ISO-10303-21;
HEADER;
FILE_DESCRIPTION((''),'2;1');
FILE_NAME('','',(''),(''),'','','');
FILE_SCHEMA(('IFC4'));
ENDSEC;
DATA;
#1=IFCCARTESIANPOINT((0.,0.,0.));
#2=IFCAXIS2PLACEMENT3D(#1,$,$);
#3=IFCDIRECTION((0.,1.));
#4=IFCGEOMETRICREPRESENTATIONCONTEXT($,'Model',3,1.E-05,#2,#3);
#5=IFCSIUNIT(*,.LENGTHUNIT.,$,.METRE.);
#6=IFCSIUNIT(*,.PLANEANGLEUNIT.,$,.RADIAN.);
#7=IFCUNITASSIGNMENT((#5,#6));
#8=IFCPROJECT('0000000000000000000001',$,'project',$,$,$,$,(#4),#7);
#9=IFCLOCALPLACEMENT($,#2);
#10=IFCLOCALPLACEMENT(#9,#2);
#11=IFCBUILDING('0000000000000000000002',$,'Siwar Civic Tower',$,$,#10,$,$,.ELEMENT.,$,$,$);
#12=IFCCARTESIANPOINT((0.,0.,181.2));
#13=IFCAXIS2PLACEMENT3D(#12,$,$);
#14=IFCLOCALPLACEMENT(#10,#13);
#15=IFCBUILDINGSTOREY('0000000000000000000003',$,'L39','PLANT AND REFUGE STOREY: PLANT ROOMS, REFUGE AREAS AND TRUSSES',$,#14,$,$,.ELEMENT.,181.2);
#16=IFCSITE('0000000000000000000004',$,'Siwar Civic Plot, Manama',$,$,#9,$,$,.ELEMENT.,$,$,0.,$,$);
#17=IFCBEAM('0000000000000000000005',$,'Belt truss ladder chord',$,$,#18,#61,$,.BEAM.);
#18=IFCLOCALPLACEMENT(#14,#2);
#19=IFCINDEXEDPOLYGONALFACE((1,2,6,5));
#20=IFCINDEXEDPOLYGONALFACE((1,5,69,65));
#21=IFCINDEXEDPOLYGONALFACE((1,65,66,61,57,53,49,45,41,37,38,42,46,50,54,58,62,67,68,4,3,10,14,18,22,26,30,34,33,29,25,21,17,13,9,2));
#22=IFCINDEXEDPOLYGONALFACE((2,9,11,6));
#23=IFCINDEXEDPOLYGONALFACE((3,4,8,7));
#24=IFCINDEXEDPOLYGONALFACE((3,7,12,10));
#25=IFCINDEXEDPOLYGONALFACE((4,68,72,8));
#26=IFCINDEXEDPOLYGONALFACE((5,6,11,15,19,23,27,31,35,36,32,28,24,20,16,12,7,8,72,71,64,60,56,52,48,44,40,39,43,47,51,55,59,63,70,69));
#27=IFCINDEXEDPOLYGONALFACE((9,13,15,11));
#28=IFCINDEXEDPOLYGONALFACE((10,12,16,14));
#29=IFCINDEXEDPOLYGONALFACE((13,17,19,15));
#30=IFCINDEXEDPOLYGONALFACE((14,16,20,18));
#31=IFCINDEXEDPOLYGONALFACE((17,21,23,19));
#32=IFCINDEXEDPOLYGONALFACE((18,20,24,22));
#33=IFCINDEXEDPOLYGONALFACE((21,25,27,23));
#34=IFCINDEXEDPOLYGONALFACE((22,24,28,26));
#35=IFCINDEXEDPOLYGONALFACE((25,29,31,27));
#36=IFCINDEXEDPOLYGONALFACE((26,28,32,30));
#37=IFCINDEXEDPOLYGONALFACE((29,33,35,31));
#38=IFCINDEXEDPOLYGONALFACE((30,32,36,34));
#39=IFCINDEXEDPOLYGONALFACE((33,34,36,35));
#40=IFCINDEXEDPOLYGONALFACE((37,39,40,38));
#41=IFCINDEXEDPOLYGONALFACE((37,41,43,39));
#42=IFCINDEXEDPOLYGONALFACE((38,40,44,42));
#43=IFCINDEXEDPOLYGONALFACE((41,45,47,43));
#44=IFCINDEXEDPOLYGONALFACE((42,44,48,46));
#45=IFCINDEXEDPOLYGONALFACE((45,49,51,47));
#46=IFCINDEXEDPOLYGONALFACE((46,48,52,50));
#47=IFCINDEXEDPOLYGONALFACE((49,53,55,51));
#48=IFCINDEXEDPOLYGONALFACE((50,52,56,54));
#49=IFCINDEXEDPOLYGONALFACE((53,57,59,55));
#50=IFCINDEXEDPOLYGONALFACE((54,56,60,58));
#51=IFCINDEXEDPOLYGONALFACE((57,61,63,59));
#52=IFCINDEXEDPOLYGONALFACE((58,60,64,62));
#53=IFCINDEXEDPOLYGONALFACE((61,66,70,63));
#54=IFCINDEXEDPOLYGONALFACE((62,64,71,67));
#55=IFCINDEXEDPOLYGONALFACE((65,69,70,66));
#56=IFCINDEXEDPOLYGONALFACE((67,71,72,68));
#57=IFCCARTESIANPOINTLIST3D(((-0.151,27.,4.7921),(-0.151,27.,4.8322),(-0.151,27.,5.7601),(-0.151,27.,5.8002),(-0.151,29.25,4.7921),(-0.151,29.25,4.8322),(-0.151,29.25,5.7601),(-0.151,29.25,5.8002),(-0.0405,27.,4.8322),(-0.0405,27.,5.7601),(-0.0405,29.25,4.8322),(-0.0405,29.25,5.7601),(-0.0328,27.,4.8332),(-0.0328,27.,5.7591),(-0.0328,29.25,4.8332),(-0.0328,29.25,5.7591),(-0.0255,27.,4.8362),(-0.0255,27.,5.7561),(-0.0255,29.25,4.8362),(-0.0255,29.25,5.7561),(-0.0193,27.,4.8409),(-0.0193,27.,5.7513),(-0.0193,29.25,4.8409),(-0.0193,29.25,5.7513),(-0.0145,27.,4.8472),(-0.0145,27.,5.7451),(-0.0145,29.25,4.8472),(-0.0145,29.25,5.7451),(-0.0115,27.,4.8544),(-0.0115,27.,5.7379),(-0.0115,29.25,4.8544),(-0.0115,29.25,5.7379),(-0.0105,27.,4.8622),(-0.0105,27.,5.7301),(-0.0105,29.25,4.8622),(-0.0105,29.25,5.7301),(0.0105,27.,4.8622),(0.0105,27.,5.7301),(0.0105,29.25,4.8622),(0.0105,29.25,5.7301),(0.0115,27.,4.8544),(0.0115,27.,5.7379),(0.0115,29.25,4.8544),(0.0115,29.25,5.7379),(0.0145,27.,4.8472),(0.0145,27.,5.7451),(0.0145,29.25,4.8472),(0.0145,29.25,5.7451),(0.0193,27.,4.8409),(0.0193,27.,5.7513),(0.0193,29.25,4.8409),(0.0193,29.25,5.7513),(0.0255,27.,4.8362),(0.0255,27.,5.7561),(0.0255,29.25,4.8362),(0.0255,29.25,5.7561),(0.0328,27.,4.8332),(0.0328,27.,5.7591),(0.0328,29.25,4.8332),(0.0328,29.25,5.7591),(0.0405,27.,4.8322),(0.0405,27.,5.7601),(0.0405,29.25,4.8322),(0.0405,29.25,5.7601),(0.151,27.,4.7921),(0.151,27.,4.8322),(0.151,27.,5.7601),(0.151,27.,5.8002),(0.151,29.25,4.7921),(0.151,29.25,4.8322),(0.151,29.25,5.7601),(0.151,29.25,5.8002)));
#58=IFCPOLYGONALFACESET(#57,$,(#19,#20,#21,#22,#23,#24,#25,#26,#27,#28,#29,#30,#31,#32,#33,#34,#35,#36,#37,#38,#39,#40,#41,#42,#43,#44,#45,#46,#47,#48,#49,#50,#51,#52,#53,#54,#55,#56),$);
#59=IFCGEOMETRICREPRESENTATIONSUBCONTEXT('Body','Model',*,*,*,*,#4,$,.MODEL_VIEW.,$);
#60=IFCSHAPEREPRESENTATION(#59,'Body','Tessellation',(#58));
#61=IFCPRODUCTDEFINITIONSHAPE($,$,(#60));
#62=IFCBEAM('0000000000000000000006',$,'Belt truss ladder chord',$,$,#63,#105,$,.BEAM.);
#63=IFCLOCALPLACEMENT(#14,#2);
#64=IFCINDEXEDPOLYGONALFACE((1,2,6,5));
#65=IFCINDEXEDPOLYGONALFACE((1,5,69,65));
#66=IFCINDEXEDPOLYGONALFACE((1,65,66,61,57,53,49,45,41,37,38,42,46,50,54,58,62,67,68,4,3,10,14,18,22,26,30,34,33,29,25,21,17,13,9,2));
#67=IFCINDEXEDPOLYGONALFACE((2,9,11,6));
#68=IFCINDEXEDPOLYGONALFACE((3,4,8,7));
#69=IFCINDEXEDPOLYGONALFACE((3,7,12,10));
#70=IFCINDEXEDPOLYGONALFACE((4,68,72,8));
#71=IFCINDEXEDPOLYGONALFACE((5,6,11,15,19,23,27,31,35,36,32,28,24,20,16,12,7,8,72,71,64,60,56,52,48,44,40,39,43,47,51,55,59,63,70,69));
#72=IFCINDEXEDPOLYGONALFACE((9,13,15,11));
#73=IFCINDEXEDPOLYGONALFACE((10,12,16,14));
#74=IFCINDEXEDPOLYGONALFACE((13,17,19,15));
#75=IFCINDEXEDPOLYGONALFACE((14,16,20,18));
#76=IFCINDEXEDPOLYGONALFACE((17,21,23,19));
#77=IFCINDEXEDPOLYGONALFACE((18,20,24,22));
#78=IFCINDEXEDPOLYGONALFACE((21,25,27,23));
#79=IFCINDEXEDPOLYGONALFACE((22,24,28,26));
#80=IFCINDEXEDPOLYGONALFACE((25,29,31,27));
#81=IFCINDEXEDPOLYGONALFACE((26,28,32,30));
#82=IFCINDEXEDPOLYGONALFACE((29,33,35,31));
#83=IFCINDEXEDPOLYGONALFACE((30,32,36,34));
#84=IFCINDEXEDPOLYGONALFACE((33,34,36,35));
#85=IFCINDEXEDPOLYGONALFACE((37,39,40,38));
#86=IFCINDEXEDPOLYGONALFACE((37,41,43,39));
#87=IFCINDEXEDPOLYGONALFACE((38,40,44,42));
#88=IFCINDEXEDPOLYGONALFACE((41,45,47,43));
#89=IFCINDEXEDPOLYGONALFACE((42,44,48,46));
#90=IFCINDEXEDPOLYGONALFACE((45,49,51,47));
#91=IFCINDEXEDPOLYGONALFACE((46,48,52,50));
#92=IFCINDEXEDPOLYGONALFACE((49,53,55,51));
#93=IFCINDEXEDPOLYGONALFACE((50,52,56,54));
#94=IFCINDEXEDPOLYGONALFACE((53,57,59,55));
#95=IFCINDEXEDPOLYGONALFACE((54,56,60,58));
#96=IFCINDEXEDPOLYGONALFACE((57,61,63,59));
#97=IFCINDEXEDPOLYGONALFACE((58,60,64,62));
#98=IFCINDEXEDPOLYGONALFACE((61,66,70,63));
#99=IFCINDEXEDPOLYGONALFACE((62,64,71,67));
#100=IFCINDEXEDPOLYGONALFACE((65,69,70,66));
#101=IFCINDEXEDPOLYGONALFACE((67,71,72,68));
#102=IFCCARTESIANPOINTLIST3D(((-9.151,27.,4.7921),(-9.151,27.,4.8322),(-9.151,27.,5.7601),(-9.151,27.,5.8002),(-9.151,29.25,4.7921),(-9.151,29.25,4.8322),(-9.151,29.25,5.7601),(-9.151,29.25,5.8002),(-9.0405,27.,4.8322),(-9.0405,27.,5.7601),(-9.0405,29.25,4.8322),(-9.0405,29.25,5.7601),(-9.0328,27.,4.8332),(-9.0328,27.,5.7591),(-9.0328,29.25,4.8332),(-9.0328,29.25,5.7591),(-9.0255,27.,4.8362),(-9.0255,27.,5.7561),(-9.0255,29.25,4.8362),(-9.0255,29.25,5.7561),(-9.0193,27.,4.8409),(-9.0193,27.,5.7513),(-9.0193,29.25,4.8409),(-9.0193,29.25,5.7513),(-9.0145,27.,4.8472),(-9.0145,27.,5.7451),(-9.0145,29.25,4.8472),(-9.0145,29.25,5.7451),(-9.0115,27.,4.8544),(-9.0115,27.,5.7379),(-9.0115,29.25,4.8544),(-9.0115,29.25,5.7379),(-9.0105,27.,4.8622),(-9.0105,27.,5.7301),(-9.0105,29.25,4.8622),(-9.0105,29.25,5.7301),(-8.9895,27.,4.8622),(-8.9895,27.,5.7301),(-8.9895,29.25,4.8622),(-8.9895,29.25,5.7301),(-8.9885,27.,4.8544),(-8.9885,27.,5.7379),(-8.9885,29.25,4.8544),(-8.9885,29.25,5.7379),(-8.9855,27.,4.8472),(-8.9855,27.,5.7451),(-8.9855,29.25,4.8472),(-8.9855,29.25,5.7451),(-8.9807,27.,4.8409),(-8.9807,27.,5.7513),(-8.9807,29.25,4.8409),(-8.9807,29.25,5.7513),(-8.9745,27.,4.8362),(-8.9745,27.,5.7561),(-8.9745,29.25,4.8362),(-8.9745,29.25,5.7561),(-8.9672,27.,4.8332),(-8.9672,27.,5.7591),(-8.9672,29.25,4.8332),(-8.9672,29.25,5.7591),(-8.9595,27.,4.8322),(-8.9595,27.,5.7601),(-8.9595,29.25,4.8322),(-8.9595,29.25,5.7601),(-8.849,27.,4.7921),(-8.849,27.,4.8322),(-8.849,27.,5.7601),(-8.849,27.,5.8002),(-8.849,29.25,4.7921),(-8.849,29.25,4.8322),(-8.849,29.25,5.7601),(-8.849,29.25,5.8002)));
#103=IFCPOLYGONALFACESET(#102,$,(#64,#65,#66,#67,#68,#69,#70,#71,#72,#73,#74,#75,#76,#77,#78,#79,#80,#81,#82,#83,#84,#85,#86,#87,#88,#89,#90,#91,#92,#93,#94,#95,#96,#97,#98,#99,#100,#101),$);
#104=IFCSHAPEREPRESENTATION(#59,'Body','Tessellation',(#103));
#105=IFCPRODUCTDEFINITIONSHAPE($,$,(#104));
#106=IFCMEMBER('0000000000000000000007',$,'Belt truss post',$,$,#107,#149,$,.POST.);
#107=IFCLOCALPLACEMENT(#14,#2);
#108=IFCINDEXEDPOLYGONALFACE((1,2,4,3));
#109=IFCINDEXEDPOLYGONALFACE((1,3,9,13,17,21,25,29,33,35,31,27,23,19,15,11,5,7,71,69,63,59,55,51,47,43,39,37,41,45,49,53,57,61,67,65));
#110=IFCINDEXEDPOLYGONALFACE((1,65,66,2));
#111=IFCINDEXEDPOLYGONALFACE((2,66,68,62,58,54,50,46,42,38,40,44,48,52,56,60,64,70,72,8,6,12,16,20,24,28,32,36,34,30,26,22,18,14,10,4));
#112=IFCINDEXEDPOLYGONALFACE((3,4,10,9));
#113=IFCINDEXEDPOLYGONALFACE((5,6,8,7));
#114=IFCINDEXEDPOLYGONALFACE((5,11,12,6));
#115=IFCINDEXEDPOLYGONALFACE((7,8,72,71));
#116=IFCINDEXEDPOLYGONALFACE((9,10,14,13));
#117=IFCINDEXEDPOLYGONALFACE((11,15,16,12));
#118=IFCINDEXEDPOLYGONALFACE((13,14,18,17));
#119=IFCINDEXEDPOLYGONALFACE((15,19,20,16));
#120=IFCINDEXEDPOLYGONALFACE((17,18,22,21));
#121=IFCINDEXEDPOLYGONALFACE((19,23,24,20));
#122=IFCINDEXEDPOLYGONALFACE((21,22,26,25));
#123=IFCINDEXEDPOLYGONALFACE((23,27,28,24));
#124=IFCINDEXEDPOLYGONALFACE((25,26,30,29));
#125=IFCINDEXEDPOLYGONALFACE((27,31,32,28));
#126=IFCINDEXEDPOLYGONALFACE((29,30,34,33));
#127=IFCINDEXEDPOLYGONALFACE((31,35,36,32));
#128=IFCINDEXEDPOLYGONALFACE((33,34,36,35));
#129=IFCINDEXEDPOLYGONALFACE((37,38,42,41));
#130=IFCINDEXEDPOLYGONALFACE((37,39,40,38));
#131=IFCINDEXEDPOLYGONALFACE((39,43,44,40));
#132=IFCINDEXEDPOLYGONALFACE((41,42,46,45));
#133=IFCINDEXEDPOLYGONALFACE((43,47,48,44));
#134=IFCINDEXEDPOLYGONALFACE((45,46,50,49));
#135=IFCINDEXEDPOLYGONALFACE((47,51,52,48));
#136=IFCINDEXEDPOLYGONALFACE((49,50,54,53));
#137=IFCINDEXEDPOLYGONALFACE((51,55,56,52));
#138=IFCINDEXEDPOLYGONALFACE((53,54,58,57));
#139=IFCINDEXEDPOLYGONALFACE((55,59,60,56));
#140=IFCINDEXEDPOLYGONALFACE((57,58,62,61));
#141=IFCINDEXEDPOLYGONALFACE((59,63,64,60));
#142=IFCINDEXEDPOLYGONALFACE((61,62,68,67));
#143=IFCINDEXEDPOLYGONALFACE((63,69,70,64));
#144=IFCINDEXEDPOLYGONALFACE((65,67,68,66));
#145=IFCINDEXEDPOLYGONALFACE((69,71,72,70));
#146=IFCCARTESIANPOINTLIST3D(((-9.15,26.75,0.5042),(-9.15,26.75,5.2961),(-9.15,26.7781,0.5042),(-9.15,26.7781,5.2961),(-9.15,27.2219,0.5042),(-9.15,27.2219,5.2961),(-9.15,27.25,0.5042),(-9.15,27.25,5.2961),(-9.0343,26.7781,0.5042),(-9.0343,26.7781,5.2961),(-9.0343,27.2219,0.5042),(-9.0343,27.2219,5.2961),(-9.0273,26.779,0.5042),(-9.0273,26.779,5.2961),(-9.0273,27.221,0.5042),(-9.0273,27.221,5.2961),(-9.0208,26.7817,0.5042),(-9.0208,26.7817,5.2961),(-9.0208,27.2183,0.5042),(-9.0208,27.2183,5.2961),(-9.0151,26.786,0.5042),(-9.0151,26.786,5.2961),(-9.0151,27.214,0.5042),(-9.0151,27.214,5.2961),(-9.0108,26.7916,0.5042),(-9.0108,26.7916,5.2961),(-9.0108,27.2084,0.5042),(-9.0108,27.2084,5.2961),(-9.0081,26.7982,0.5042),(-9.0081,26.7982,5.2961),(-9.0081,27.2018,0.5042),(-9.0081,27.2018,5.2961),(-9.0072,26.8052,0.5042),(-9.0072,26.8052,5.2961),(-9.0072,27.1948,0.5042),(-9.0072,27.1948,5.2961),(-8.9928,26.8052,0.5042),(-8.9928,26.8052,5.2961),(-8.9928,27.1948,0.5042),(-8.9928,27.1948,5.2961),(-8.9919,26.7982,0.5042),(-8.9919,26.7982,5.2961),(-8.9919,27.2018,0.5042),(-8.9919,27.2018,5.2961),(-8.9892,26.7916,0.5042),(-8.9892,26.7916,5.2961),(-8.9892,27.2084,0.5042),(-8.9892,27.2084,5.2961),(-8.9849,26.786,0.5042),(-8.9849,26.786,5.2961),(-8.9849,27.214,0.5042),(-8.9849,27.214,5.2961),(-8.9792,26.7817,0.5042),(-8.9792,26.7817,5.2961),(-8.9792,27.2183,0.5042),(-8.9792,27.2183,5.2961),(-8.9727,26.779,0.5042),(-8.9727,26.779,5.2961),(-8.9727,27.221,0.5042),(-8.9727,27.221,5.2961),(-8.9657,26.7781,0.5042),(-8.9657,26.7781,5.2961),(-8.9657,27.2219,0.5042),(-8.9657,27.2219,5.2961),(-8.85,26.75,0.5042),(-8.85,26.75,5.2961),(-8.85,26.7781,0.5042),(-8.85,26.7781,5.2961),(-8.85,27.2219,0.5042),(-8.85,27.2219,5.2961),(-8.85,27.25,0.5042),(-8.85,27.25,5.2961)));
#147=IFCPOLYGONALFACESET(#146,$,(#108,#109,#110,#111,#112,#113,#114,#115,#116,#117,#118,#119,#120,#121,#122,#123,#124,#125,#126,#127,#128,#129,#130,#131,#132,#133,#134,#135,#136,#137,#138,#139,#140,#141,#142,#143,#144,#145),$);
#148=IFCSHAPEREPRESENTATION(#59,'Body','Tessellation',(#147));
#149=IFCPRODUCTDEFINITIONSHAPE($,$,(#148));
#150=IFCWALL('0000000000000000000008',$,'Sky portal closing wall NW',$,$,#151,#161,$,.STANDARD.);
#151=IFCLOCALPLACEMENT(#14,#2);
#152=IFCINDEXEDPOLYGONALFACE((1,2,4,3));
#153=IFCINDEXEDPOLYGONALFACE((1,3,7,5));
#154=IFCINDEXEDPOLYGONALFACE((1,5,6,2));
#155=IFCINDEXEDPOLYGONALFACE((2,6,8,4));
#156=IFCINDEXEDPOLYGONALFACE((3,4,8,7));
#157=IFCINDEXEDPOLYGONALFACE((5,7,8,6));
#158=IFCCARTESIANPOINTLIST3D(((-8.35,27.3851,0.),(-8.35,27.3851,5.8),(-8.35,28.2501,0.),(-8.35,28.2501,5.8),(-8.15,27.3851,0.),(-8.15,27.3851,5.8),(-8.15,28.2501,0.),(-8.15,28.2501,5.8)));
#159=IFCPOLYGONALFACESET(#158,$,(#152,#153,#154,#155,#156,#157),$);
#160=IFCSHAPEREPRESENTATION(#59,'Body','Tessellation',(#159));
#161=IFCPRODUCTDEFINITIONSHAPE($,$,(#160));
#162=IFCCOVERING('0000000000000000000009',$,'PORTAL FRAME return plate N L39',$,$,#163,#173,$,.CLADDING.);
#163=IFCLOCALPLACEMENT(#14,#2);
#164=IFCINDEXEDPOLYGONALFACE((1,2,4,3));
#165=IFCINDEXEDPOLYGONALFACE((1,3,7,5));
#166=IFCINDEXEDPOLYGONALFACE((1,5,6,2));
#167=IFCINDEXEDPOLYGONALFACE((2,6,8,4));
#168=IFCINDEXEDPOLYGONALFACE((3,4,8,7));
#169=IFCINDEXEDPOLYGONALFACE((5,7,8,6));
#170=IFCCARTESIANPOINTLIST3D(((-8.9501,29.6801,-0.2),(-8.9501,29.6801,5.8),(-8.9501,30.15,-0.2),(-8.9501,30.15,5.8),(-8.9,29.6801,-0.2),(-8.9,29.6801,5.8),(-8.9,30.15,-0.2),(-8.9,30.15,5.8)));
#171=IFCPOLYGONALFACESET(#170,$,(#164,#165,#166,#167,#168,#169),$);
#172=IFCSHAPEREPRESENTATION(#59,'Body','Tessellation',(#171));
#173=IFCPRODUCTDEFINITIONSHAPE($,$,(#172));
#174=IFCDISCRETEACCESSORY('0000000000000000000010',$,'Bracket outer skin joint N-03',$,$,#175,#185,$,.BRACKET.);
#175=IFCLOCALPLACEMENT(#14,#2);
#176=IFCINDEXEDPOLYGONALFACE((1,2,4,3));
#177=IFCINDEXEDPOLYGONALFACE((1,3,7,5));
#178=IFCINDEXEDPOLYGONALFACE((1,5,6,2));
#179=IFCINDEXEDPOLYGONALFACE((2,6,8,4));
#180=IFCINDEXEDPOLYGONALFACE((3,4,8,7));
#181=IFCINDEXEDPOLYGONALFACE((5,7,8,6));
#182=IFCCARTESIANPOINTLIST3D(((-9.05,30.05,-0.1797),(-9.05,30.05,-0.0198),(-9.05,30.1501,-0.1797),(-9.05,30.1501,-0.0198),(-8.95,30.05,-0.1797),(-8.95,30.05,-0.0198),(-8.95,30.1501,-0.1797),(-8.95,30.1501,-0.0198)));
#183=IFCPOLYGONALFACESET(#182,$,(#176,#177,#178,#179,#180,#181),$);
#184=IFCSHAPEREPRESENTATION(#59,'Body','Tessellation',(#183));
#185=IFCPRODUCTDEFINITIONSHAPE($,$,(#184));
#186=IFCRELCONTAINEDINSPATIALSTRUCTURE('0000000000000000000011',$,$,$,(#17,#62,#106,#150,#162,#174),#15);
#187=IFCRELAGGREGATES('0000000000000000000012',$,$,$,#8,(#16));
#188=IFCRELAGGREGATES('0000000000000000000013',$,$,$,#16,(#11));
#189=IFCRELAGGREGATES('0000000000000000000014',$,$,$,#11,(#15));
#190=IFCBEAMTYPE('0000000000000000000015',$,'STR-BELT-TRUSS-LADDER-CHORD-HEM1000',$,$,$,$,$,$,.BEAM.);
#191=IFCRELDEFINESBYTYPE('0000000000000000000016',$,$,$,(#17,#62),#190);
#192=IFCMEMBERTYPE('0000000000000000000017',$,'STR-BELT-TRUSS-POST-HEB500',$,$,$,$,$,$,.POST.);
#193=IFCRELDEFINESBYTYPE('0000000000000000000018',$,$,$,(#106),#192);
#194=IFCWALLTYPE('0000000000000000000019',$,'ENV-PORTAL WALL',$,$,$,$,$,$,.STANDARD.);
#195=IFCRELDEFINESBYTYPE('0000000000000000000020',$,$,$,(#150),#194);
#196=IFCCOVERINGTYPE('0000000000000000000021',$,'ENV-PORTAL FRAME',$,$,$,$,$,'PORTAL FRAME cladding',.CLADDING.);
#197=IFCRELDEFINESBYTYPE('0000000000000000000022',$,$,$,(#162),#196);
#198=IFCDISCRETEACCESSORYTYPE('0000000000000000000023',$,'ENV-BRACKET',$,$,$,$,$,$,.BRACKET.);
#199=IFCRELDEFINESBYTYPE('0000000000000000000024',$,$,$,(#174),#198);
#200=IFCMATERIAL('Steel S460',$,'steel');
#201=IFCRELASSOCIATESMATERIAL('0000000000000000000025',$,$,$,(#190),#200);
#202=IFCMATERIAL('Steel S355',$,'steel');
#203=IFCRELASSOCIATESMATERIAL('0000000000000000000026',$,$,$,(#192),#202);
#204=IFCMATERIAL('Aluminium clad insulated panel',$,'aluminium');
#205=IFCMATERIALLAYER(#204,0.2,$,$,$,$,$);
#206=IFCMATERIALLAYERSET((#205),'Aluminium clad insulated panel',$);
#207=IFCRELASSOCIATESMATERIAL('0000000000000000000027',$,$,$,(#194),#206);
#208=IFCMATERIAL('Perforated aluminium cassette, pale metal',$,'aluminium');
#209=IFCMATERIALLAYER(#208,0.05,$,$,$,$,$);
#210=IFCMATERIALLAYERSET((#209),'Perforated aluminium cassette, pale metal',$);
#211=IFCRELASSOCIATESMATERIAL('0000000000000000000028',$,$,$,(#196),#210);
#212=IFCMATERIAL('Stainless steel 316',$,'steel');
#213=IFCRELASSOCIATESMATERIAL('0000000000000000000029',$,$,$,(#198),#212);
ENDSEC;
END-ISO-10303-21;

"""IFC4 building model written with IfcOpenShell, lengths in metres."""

from ifc_helpers import new_model, si_unit, direction, frame, frame_2d, origin, origin_2d, place, context, subcontext, project, spatial, rectangle, i_section, extrude, material, layer, layer_set, material_profile, profile_set, type_object, element, save


model = new_model("IFC4")

# Units and contexts
model_context = context("Model", 3, precision=1e-05, world=origin(), true_north=direction((0.0, 1.0)))
body_context = subcontext(model_context, "Body", "Model", "MODEL_VIEW")
ifc_project = project(units=[si_unit("LENGTHUNIT", "METRE"), si_unit("PLANEANGLEUNIT", "RADIAN")], contexts=[model_context])

# Site, building, storey
site_placement = place(None, origin())
site = spatial("IfcSite", under=ifc_project, at=site_placement, Name="Siwar Civic Plot, Manama", CompositionType="ELEMENT", RefElevation=0.0)
building_placement = place(site_placement, origin())
building = spatial("IfcBuilding", under=site, at=building_placement, Name="Siwar Civic Tower", CompositionType="ELEMENT")
storey_placement = place(building_placement, frame((0.0, 0.0, 181.2)))
storey = spatial("IfcBuildingStorey", under=building, at=storey_placement, Name="L39", Description="PLANT AND REFUGE STOREY: PLANT ROOMS, REFUGE AREAS AND TRUSSES", CompositionType="ELEMENT", Elevation=181.2)

# Beams
ifc_material_1 = material(Name="Steel S460", Category="steel")
ifc_material_profile_1 = material_profile(ifc_material_1, i_section(OverallWidth=0.302, OverallDepth=1.0081, WebThickness=0.021, FlangeThickness=0.04, FilletRadius=0.03, at=origin_2d()), Name="HEM1000")
ifc_profile_set_1 = profile_set([ifc_material_profile_1], Name="Steel S460")
beam_type_1 = type_object("IfcBeamType", Name="STR-BELT-TRUSS-LADDER-CHORD-HEM1000", PredefinedType="BEAM", material=ifc_profile_set_1)
for number, where, z_axis, x_axis, name in (
    (1, (0.0, 27.0, 5.2961), (0.0, 1.0, 0.0), (-1.0, 0.0, 0.0), "Belt truss ladder chord"),
    (2, (-9.0, 27.0, 5.2961), (0.0, 1.0, 0.0), (-1.0, 0.0, 0.0), "Belt truss ladder chord"),
):
    element("IfcBeam", number, at=place(storey_placement, frame(where, z_axis=z_axis, x_axis=x_axis)), inside=storey, type_object=beam_type_1, Name=name, PredefinedType="BEAM", context=body_context, shape_type="SweptSolid", body=[
        extrude(i_section(OverallWidth=0.302, OverallDepth=1.0081, WebThickness=0.021, FlangeThickness=0.04, FilletRadius=0.03, at=origin_2d()), origin(), (0.0, 0.0, 1.0), 2.25),
    ])

# Member
ifc_material_2 = material(Name="Steel S355", Category="steel")
ifc_material_profile_2 = material_profile(ifc_material_2, i_section(OverallWidth=0.3, OverallDepth=0.5, WebThickness=0.0144, FlangeThickness=0.0281, FilletRadius=0.0271, at=origin_2d()), Name="HEB500")
ifc_profile_set_2 = profile_set([ifc_material_profile_2], Name="Steel S355")
member_type_1 = type_object("IfcMemberType", Name="STR-BELT-TRUSS-POST-HEB500", PredefinedType="POST", material=ifc_profile_set_2)
member_1_placement = place(storey_placement, frame((-9.0, 27.0, 0.5042), z_axis=(0.0, 0.0, 1.0), x_axis=(1.0, 0.0, 0.0)))
element("IfcMember", 3, at=member_1_placement, inside=storey, type_object=member_type_1, Name="Belt truss post", PredefinedType="POST", context=body_context, shape_type="SweptSolid", body=[
    extrude(i_section(OverallWidth=0.3, OverallDepth=0.5, WebThickness=0.0144, FlangeThickness=0.0281, FilletRadius=0.0271, at=origin_2d()), origin(), (0.0, 0.0, 1.0), 4.792),
])

# Wall
ifc_material_3 = material(Name="Aluminium clad insulated panel", Category="aluminium")
ifc_layer_1 = layer(ifc_material_3, 0.2)
ifc_layer_set_1 = layer_set([ifc_layer_1], Name="Aluminium clad insulated panel")
wall_type = type_object("IfcWallType", Name="ENV-PORTAL WALL", PredefinedType="STANDARD", material=ifc_layer_set_1)
wall_placement = place(storey_placement, frame((-8.25, 27.385, 0.0), z_axis=(0.0, 0.0, 1.0), x_axis=(0.0, 1.0, 0.0)))
element("IfcWall", 4, at=wall_placement, inside=storey, type_object=wall_type, Name="Sky portal closing wall NW", PredefinedType="STANDARD", context=body_context, shape_type="SweptSolid", body=[
    extrude(rectangle(XDim=0.865, YDim=0.2, at=frame_2d((0.4326, 0.0))), origin(), (0.0, 0.0, 1.0), 5.8),
])

# Covering
ifc_material_4 = material(Name="Perforated aluminium cassette, pale metal", Category="aluminium")
ifc_layer_2 = layer(ifc_material_4, 0.05)
ifc_layer_set_2 = layer_set([ifc_layer_2], Name="Perforated aluminium cassette, pale metal")
covering_type = type_object("IfcCoveringType", Name="ENV-PORTAL FRAME", ElementType="PORTAL FRAME cladding", PredefinedType="CLADDING", material=ifc_layer_set_2)
covering_placement = place(storey_placement, frame((-8.925, 29.915, -0.2), z_axis=(0.0, 0.0, 1.0), x_axis=(1.0, 0.0, 0.0)))
element("IfcCovering", 5, at=covering_placement, inside=storey, type_object=covering_type, Name="PORTAL FRAME return plate N L39", PredefinedType="CLADDING", context=body_context, shape_type="SweptSolid", body=[
    extrude(rectangle(XDim=0.05, YDim=0.47, at=origin_2d()), origin(), (0.0, 0.0, 1.0), 6.0),
])

# Discrete accessory
ifc_material_5 = material(Name="Stainless steel 316", Category="steel")
discrete_accessory_type_1 = type_object("IfcDiscreteAccessoryType", Name="ENV-BRACKET", PredefinedType="BRACKET", material=ifc_material_5)
discrete_accessory_1_placement = place(storey_placement, frame((-9.0, 30.1001, -0.1797), z_axis=(0.0, 0.0, 1.0), x_axis=(0.0, 1.0, 0.0)))
element("IfcDiscreteAccessory", 6, at=discrete_accessory_1_placement, inside=storey, type_object=discrete_accessory_type_1, Name="Bracket outer skin joint N-03", PredefinedType="BRACKET", context=body_context, shape_type="SweptSolid", body=[
    extrude(rectangle(XDim=0.1001, YDim=0.1001, at=origin_2d()), origin(), (0.0, 0.0, 1.0), 0.1599),
])

save(model, "model.ifc")
